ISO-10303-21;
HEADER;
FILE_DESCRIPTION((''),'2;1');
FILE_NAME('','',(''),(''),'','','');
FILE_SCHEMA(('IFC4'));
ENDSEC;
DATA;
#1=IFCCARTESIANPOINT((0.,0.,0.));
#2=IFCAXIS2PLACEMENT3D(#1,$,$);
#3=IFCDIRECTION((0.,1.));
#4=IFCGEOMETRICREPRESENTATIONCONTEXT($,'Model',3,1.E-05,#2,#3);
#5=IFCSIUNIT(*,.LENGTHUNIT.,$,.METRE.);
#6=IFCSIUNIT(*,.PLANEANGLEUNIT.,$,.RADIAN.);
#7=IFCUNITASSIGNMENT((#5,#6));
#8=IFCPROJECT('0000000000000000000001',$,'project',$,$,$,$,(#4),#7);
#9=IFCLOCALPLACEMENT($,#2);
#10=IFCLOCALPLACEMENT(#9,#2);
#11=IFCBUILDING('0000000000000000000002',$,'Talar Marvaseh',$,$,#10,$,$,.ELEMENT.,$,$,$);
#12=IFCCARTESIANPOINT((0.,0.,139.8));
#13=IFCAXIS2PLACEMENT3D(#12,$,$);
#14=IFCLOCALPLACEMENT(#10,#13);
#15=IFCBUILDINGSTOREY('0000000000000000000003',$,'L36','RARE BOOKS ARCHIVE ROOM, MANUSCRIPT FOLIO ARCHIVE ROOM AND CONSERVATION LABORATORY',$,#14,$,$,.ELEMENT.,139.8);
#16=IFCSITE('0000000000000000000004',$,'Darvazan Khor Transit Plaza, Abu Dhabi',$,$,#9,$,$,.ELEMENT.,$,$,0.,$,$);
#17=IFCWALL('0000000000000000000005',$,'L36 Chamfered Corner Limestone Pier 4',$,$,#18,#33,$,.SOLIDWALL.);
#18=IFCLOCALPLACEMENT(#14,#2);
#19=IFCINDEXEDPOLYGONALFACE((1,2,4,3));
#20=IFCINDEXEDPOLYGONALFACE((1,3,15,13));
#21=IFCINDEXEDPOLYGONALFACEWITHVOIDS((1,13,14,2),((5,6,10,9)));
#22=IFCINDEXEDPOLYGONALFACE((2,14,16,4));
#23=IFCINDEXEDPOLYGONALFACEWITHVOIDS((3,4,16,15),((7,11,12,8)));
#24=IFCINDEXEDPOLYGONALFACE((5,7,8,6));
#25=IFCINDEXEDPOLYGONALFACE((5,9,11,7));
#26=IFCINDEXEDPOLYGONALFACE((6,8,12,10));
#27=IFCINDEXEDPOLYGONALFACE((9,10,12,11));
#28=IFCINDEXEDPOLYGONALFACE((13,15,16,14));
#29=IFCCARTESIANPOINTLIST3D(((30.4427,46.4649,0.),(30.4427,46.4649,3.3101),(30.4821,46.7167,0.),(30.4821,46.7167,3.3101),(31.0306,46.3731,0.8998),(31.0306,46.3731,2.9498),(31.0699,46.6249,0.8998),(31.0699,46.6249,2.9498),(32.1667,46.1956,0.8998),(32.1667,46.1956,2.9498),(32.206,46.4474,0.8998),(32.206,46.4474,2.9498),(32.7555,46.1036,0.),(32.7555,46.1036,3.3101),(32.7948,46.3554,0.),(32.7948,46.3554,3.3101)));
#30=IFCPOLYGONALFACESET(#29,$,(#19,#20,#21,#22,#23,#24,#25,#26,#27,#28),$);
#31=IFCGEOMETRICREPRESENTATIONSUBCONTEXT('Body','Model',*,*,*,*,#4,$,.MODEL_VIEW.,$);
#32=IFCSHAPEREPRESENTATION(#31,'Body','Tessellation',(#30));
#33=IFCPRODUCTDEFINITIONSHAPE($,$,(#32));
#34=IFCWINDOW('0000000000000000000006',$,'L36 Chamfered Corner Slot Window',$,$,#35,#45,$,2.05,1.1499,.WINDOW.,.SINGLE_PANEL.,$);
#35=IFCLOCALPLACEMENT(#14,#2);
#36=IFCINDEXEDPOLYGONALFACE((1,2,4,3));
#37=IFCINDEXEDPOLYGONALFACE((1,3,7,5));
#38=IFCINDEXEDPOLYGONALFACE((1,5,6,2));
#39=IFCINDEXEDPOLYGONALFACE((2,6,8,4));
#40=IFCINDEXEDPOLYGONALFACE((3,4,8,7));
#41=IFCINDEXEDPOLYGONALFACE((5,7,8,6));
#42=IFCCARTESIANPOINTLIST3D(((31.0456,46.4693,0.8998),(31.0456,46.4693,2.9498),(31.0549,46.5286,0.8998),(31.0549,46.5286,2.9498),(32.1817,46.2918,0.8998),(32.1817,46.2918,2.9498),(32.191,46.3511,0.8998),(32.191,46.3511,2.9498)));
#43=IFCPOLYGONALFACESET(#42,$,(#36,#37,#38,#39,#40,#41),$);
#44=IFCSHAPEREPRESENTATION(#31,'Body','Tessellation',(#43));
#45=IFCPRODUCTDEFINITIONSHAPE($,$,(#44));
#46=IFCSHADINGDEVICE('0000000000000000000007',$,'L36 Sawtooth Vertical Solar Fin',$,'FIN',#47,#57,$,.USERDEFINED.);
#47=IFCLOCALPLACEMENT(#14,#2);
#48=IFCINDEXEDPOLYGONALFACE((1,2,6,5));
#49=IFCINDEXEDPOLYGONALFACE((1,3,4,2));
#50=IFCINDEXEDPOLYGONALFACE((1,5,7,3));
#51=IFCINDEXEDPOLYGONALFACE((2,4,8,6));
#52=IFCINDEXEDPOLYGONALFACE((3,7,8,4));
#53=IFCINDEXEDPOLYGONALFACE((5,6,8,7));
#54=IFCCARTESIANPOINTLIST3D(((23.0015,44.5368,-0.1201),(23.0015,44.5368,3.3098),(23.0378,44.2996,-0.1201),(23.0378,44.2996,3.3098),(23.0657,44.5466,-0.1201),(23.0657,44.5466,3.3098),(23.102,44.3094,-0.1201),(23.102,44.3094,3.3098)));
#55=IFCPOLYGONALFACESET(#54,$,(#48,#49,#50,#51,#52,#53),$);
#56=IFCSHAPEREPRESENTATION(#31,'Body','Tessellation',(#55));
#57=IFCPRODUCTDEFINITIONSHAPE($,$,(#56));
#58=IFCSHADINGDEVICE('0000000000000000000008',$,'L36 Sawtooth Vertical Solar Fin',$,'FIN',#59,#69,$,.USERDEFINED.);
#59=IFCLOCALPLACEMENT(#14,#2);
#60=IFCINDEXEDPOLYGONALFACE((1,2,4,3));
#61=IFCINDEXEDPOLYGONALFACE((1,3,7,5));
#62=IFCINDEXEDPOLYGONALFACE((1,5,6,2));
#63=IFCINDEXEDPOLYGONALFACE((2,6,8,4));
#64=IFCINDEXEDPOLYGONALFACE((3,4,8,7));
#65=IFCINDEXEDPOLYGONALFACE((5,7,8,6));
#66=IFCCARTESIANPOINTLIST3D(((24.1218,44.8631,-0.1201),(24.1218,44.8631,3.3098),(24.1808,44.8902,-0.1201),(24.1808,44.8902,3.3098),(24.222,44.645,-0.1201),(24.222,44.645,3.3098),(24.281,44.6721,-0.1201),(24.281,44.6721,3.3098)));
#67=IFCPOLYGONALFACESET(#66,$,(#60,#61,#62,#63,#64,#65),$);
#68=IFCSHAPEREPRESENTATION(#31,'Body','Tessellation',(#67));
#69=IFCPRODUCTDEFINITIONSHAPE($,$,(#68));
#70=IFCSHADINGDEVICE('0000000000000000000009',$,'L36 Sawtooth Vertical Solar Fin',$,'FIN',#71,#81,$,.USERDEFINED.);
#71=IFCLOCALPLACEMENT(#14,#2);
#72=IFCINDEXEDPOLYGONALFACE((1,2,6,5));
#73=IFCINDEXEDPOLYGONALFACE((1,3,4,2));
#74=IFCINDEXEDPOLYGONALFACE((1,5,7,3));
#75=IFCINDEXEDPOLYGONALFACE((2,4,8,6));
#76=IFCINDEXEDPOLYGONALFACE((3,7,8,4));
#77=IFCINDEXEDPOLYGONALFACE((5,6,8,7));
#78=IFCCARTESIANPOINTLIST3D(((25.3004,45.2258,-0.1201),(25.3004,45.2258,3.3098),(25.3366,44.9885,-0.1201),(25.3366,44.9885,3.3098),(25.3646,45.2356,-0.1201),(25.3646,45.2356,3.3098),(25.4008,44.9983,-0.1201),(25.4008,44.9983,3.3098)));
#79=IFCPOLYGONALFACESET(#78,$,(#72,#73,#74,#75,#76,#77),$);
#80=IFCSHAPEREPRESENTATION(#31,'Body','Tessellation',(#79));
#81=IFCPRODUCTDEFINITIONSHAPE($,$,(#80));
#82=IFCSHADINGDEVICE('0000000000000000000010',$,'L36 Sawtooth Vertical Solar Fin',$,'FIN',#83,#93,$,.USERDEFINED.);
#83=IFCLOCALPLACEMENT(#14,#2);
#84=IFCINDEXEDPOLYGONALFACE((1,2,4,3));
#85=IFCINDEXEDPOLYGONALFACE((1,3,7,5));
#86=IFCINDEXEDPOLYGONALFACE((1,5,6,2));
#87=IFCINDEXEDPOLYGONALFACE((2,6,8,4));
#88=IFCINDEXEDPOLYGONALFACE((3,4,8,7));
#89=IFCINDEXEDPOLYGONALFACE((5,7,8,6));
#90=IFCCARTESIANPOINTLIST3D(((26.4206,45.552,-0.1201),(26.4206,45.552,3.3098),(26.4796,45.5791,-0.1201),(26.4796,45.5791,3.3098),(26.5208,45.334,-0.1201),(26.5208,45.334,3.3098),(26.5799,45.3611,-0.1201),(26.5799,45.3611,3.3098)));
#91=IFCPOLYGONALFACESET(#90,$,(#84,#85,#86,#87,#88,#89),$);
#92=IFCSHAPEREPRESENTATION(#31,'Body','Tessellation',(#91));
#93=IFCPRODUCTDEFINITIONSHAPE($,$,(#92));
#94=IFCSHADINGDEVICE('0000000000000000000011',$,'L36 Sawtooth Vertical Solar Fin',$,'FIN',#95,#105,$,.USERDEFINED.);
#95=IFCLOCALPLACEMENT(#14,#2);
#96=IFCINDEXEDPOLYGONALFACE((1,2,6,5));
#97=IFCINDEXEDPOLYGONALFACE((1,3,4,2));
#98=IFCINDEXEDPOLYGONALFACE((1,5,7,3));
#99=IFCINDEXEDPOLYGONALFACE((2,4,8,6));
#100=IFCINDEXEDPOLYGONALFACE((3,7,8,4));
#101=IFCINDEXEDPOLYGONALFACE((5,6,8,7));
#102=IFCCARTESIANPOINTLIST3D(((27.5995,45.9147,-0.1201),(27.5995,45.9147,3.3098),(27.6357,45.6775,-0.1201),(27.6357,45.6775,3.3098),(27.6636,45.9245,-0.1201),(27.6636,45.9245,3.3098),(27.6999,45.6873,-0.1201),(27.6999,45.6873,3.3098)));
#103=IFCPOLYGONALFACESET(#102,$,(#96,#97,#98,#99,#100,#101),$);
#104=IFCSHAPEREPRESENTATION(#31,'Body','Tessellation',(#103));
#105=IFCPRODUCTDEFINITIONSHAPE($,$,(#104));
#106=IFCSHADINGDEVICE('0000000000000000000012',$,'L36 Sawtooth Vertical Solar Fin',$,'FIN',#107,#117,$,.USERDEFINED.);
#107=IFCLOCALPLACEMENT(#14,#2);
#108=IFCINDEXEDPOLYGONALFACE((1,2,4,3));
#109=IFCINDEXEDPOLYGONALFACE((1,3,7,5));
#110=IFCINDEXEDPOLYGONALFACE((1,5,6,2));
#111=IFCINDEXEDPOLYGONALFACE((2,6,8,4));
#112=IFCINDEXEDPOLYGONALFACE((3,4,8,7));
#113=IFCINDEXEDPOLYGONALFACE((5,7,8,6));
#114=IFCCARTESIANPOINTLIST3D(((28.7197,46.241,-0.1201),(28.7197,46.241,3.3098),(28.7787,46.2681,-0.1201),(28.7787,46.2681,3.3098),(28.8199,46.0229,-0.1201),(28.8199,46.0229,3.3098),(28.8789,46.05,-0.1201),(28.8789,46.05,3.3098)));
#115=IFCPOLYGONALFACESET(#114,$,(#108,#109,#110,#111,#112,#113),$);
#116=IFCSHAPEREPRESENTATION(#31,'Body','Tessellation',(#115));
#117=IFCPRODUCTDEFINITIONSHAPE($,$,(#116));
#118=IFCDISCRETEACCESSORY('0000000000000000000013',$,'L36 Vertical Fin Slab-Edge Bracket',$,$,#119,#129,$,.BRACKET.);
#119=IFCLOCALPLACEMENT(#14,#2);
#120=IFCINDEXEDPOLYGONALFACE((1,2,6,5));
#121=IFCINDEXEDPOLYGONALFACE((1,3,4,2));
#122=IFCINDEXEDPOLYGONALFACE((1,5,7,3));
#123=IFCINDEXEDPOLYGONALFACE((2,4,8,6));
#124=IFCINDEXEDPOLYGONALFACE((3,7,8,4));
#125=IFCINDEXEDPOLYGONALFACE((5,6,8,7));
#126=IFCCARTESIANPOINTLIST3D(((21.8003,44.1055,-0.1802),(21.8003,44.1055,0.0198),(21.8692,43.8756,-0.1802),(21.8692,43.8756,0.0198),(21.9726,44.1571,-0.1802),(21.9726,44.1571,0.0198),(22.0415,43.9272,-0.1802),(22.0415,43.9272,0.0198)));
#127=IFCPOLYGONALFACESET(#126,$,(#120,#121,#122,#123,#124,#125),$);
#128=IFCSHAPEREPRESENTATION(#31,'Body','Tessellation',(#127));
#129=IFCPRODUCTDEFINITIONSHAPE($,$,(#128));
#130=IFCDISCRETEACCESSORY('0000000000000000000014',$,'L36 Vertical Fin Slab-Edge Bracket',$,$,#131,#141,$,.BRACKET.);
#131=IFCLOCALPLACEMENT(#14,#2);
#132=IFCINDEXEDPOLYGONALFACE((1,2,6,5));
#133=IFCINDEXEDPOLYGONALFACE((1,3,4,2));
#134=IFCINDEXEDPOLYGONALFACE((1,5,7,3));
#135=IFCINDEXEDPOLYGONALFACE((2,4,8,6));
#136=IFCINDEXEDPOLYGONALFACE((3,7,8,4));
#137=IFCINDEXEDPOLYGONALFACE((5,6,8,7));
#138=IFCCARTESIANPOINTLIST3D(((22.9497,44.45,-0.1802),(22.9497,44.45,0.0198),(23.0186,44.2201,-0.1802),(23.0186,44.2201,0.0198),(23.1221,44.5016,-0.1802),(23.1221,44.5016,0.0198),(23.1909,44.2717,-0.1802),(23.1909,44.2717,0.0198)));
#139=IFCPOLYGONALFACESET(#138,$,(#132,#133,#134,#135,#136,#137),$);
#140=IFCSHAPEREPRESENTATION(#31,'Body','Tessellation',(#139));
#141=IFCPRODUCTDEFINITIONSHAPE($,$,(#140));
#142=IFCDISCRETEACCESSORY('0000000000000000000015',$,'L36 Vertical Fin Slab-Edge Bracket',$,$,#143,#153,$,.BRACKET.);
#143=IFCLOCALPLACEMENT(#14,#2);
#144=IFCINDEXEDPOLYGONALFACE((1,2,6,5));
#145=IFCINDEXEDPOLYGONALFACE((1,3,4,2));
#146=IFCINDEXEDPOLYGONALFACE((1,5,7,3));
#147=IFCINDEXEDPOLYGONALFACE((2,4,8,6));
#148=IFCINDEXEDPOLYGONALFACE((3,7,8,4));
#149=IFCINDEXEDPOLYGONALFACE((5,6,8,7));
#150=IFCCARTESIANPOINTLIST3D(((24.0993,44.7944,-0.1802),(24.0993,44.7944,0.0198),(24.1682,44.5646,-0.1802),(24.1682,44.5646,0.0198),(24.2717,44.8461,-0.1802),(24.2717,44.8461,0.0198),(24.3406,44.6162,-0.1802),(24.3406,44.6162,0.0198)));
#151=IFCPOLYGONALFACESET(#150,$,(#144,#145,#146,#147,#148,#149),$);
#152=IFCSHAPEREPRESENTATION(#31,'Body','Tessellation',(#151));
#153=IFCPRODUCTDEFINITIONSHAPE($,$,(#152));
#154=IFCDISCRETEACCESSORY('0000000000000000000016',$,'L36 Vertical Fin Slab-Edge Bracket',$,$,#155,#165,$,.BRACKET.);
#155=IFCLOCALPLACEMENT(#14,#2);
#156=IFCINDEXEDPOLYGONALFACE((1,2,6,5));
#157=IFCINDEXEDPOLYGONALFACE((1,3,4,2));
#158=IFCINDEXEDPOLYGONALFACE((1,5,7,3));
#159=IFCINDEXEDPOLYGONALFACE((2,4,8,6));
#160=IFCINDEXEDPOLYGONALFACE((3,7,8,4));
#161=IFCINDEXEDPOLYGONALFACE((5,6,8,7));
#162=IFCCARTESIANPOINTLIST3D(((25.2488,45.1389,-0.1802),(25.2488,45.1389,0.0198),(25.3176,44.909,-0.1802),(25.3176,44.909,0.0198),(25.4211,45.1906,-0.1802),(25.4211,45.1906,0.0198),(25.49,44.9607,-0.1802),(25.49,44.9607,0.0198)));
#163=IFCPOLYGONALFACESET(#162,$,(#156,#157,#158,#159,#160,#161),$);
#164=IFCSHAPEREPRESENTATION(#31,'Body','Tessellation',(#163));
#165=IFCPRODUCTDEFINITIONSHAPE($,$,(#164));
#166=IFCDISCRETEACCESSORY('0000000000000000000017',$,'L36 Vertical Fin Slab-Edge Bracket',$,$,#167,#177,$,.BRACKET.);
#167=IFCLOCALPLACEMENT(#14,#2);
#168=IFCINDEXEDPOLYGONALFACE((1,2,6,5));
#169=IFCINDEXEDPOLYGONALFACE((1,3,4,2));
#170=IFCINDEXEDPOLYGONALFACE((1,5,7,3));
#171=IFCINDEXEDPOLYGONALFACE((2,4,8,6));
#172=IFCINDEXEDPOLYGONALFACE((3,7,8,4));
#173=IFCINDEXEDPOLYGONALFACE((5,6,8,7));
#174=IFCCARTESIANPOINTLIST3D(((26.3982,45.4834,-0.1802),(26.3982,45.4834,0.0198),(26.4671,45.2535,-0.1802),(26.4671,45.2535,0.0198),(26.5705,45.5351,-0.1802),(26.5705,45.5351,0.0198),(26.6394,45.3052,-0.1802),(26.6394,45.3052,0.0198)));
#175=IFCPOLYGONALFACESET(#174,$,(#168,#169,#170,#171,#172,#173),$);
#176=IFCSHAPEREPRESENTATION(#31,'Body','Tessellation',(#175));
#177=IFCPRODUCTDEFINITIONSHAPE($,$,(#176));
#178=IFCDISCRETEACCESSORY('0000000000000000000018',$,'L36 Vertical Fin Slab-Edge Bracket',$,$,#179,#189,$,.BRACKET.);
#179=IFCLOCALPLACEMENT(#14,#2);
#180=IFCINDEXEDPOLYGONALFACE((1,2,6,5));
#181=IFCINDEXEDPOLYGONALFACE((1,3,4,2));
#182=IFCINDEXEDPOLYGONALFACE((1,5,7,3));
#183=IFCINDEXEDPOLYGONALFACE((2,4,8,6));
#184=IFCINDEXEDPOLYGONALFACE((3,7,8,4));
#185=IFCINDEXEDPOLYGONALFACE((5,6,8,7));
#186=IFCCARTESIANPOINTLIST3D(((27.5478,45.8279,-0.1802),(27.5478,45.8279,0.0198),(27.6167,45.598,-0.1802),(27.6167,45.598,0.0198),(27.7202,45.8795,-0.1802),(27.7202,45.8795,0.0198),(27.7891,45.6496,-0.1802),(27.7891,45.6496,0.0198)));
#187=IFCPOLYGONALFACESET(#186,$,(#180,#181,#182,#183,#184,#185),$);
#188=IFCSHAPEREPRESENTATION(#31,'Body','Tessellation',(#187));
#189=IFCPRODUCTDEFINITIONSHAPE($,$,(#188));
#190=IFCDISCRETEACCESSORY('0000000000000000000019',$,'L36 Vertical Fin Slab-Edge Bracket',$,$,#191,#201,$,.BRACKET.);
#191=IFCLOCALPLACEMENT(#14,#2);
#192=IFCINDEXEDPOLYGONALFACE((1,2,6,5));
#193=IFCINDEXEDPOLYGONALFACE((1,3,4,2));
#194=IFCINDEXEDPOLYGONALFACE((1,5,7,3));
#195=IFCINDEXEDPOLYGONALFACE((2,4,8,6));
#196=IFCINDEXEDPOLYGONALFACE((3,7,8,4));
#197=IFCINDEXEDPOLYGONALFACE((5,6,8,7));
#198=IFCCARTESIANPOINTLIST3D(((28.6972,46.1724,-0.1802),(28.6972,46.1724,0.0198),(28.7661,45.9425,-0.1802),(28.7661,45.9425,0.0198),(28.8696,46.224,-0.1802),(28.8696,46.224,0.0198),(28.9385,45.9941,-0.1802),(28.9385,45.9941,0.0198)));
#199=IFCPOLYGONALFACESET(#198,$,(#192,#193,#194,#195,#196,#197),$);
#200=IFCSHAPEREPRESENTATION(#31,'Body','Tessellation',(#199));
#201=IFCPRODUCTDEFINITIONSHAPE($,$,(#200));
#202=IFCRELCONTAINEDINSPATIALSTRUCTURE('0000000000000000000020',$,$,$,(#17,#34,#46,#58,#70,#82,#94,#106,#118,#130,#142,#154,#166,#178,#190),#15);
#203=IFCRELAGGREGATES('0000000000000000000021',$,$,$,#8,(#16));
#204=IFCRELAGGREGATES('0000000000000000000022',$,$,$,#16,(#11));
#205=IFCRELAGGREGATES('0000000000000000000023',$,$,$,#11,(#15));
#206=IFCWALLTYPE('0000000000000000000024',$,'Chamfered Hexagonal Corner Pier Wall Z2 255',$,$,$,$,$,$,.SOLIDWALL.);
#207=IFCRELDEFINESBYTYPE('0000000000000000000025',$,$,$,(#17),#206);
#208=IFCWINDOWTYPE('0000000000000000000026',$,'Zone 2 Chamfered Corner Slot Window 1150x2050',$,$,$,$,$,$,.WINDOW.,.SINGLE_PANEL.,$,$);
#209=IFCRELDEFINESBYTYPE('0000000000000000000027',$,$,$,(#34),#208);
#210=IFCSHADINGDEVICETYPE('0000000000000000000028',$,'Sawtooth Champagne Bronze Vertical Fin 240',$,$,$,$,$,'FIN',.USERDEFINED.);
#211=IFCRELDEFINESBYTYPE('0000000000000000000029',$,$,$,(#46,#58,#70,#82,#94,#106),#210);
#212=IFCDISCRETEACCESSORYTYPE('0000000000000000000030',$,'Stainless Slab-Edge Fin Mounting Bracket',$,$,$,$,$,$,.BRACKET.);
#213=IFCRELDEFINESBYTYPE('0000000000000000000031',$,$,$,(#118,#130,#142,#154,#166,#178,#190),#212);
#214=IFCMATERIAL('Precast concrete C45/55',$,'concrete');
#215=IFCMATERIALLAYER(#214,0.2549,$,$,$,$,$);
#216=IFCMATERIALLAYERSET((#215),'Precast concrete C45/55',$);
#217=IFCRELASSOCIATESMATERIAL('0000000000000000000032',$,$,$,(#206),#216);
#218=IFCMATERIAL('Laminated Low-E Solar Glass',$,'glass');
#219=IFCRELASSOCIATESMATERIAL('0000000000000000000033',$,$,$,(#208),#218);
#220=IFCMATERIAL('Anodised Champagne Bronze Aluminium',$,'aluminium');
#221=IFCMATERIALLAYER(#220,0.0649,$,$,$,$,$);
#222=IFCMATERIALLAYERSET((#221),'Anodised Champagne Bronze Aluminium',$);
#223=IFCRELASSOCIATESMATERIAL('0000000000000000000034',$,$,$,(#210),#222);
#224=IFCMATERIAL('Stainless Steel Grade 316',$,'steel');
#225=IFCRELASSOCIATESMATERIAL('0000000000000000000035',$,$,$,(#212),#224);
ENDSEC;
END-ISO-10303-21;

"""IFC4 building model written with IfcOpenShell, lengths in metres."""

from ifc_helpers import new_model, si_unit, direction, frame, frame_2d, origin, origin_2d, place, context, subcontext, project, spatial, rectangle, extrude, source, transform, mapped, material, layer, layer_set, type_object, type_shapes, element, fill, save


model = new_model("IFC4")

# Units and contexts
model_context = context("Model", 3, precision=1e-05, world=origin(), true_north=direction((0.0, 1.0)))
body_context = subcontext(model_context, "Body", "Model", "MODEL_VIEW")
ifc_project = project(units=[si_unit("LENGTHUNIT", "METRE"), si_unit("PLANEANGLEUNIT", "RADIAN")], contexts=[model_context])

# Site, building, storey
site_placement = place(None, origin())
site = spatial("IfcSite", under=ifc_project, at=site_placement, Name="Darvazan Khor Transit Plaza, Abu Dhabi", CompositionType="ELEMENT", RefElevation=0.0)
building_placement = place(site_placement, origin())
building = spatial("IfcBuilding", under=site, at=building_placement, Name="Talar Marvaseh", CompositionType="ELEMENT")
storey_placement = place(building_placement, frame((0.0, 0.0, 139.8)))
storey = spatial("IfcBuildingStorey", under=building, at=storey_placement, Name="L36", Description="RARE BOOKS ARCHIVE ROOM, MANUSCRIPT FOLIO ARCHIVE ROOM AND CONSERVATION LABORATORY", CompositionType="ELEMENT", Elevation=139.8)

# Shared definitions
ifc_material_1 = material(Name="Laminated Low-E Solar Glass", Category="glass")

# Wall, opening, window
ifc_material_2 = material(Name="Precast concrete C45/55", Category="concrete")
ifc_layer_1 = layer(ifc_material_2, 0.2549)
ifc_layer_set_1 = layer_set([ifc_layer_1], Name="Precast concrete C45/55")
wall_type = type_object("IfcWallType", Name="Chamfered Hexagonal Corner Pier Wall Z2 255", PredefinedType="SOLIDWALL", material=ifc_layer_set_1)
wall_placement = place(storey_placement, frame((30.4624, 46.5908, 0.0), z_axis=(0.0, 0.0, 1.0), x_axis=(0.988015, -0.154361, 0.0)))
wall = element("IfcWall", 1, at=wall_placement, inside=storey, type_object=wall_type, Name="L36 Chamfered Corner Limestone Pier 4", PredefinedType="SOLIDWALL", context=body_context, shape_type="SweptSolid", body=[
    extrude(rectangle(XDim=2.3408, YDim=0.2549, at=frame_2d((1.1704, 0.0))), origin(), (0.0, 0.0, 1.0), 3.3101),
])
opening_placement = place(wall_placement, frame((0.595, 0.0, 0.8999)))
opening = element("IfcOpeningElement", 2, at=opening_placement, cuts=wall, PredefinedType="OPENING", context=body_context, shape_type="SweptSolid", body=[
    extrude(rectangle(XDim=1.1499, YDim=2.05, at=frame_2d((0.575, 1.0249))), frame((0.0, 0.1375, 0.0), z_axis=(0.0, -1.0, 0.0), x_axis=(1.0, 0.0, 0.0)), (0.0, 0.0, 1.0), 0.2749),
])
window_type = type_object("IfcWindowType", Name="Zone 2 Chamfered Corner Slot Window 1150x2050", PartitioningType="SINGLE_PANEL", PredefinedType="WINDOW", material=ifc_material_1)
shared_shape_1 = source(origin(), body_context, "Body", "SweptSolid", [
    extrude(rectangle(XDim=1.1499, YDim=2.05, at=frame_2d((0.575, 1.0249))), frame((0.0, 0.03, 0.0), z_axis=(0.0, -1.0, 0.0), x_axis=(1.0, 0.0, 0.0)), (0.0, 0.0, 1.0), 0.0601),
])
type_shapes(window_type, [shared_shape_1])
window_placement = place(opening_placement, origin())
window = element("IfcWindow", 3, at=window_placement, inside=storey, type_object=window_type, Name="L36 Chamfered Corner Slot Window", OverallHeight=2.05, OverallWidth=1.1499, PartitioningType="SINGLE_PANEL", PredefinedType="WINDOW", context=body_context, shape_type="MappedRepresentation", body=[
    mapped(shared_shape_1, transform((0.0, 0.0, 0.0), x_axis=(1.0, 0.0, 0.0), y_axis=(0.0, 1.0, 0.0), z_axis=(0.0, 0.0, 1.0), scale=1.0)),
])
fill(opening, window)

# Shading devices
ifc_material_3 = material(Name="Anodised Champagne Bronze Aluminium", Category="aluminium")
ifc_layer_2 = layer(ifc_material_3, 0.0649)
ifc_layer_set_2 = layer_set([ifc_layer_2], Name="Anodised Champagne Bronze Aluminium")
shading_device_type = type_object("IfcShadingDeviceType", Name="Sawtooth Champagne Bronze Vertical Fin 240", ElementType="FIN", PredefinedType="USERDEFINED", material=ifc_layer_set_2)
shared_shape_2 = source(origin(), body_context, "Body", "SweptSolid", [
    extrude(rectangle(XDim=0.24, YDim=0.0649, at=origin_2d()), origin(), (0.0, 0.0, 1.0), 3.4299),
])
type_shapes(shading_device_type, [shared_shape_2])
for number, where, z_axis, x_axis, name in (
    (4, (23.0518, 44.4231, -0.1201), (0.0, 0.0, 1.0), (-0.150916, 0.988547, 0.0), "L36 Sawtooth Vertical Solar Fin"),
    (5, (24.2014, 44.7676, -0.1201), (0.0, 0.0, 1.0), (-0.41755, 0.908654, 0.0), "L36 Sawtooth Vertical Solar Fin"),
    (6, (25.3506, 45.1121, -0.1201), (0.0, 0.0, 1.0), (-0.150916, 0.988547, 0.0), "L36 Sawtooth Vertical Solar Fin"),
    (7, (26.5002, 45.4565, -0.1201), (0.0, 0.0, 1.0), (-0.41755, 0.908654, 0.0), "L36 Sawtooth Vertical Solar Fin"),
    (8, (27.6497, 45.801, -0.1201), (0.0, 0.0, 1.0), (-0.150916, 0.988547, 0.0), "L36 Sawtooth Vertical Solar Fin"),
    (9, (28.7993, 46.1455, -0.1201), (0.0, 0.0, 1.0), (-0.41755, 0.908654, 0.0), "L36 Sawtooth Vertical Solar Fin"),
):
    element("IfcShadingDevice", number, at=place(storey_placement, frame(where, z_axis=z_axis, x_axis=x_axis)), inside=storey, type_object=shading_device_type, Name=name, ObjectType="FIN", PredefinedType="USERDEFINED", context=body_context, shape_type="MappedRepresentation", body=[
        mapped(shared_shape_2, transform((0.0, 0.0, 0.0), x_axis=(1.0, 0.0, 0.0), y_axis=(0.0, 1.0, 0.0), z_axis=(0.0, 0.0, 1.0), scale=1.0)),
    ])

# Discrete accessories
ifc_material_4 = material(Name="Stainless Steel Grade 316", Category="steel")
discrete_accessory_type = type_object("IfcDiscreteAccessoryType", Name="Stainless Slab-Edge Fin Mounting Bracket", PredefinedType="BRACKET", material=ifc_material_4)
shared_shape_3 = source(origin(), body_context, "Body", "SweptSolid", [
    extrude(rectangle(XDim=0.24, YDim=0.1799, at=origin_2d()), origin(), (0.0, 0.0, 1.0), 0.2),
])
type_shapes(discrete_accessory_type, [shared_shape_3])
for number, where, z_axis, x_axis, name in (
    (10, (21.9209, 44.0164, -0.1802), (0.0, 0.0, 1.0), (-0.287026, 0.957923, 0.0), "L36 Vertical Fin Slab-Edge Bracket"),
    (11, (23.0703, 44.3608, -0.1802), (0.0, 0.0, 1.0), (-0.287026, 0.957923, 0.0), "L36 Vertical Fin Slab-Edge Bracket"),
    (12, (24.22, 44.7053, -0.1802), (0.0, 0.0, 1.0), (-0.287026, 0.957923, 0.0), "L36 Vertical Fin Slab-Edge Bracket"),
    (13, (25.3694, 45.0498, -0.1802), (0.0, 0.0, 1.0), (-0.287026, 0.957923, 0.0), "L36 Vertical Fin Slab-Edge Bracket"),
    (14, (26.5188, 45.3943, -0.1802), (0.0, 0.0, 1.0), (-0.287026, 0.957923, 0.0), "L36 Vertical Fin Slab-Edge Bracket"),
    (15, (27.6685, 45.7388, -0.1802), (0.0, 0.0, 1.0), (-0.287026, 0.957923, 0.0), "L36 Vertical Fin Slab-Edge Bracket"),
    (16, (28.8179, 46.0833, -0.1802), (0.0, 0.0, 1.0), (-0.287026, 0.957923, 0.0), "L36 Vertical Fin Slab-Edge Bracket"),
):
    element("IfcDiscreteAccessory", number, at=place(storey_placement, frame(where, z_axis=z_axis, x_axis=x_axis)), inside=storey, type_object=discrete_accessory_type, Name=name, PredefinedType="BRACKET", context=body_context, shape_type="MappedRepresentation", body=[
        mapped(shared_shape_3, transform((0.0, 0.0, 0.0), x_axis=(1.0, 0.0, 0.0), y_axis=(0.0, 1.0, 0.0), z_axis=(0.0, 0.0, 1.0), scale=1.0)),
    ])

save(model, "model.ifc")
